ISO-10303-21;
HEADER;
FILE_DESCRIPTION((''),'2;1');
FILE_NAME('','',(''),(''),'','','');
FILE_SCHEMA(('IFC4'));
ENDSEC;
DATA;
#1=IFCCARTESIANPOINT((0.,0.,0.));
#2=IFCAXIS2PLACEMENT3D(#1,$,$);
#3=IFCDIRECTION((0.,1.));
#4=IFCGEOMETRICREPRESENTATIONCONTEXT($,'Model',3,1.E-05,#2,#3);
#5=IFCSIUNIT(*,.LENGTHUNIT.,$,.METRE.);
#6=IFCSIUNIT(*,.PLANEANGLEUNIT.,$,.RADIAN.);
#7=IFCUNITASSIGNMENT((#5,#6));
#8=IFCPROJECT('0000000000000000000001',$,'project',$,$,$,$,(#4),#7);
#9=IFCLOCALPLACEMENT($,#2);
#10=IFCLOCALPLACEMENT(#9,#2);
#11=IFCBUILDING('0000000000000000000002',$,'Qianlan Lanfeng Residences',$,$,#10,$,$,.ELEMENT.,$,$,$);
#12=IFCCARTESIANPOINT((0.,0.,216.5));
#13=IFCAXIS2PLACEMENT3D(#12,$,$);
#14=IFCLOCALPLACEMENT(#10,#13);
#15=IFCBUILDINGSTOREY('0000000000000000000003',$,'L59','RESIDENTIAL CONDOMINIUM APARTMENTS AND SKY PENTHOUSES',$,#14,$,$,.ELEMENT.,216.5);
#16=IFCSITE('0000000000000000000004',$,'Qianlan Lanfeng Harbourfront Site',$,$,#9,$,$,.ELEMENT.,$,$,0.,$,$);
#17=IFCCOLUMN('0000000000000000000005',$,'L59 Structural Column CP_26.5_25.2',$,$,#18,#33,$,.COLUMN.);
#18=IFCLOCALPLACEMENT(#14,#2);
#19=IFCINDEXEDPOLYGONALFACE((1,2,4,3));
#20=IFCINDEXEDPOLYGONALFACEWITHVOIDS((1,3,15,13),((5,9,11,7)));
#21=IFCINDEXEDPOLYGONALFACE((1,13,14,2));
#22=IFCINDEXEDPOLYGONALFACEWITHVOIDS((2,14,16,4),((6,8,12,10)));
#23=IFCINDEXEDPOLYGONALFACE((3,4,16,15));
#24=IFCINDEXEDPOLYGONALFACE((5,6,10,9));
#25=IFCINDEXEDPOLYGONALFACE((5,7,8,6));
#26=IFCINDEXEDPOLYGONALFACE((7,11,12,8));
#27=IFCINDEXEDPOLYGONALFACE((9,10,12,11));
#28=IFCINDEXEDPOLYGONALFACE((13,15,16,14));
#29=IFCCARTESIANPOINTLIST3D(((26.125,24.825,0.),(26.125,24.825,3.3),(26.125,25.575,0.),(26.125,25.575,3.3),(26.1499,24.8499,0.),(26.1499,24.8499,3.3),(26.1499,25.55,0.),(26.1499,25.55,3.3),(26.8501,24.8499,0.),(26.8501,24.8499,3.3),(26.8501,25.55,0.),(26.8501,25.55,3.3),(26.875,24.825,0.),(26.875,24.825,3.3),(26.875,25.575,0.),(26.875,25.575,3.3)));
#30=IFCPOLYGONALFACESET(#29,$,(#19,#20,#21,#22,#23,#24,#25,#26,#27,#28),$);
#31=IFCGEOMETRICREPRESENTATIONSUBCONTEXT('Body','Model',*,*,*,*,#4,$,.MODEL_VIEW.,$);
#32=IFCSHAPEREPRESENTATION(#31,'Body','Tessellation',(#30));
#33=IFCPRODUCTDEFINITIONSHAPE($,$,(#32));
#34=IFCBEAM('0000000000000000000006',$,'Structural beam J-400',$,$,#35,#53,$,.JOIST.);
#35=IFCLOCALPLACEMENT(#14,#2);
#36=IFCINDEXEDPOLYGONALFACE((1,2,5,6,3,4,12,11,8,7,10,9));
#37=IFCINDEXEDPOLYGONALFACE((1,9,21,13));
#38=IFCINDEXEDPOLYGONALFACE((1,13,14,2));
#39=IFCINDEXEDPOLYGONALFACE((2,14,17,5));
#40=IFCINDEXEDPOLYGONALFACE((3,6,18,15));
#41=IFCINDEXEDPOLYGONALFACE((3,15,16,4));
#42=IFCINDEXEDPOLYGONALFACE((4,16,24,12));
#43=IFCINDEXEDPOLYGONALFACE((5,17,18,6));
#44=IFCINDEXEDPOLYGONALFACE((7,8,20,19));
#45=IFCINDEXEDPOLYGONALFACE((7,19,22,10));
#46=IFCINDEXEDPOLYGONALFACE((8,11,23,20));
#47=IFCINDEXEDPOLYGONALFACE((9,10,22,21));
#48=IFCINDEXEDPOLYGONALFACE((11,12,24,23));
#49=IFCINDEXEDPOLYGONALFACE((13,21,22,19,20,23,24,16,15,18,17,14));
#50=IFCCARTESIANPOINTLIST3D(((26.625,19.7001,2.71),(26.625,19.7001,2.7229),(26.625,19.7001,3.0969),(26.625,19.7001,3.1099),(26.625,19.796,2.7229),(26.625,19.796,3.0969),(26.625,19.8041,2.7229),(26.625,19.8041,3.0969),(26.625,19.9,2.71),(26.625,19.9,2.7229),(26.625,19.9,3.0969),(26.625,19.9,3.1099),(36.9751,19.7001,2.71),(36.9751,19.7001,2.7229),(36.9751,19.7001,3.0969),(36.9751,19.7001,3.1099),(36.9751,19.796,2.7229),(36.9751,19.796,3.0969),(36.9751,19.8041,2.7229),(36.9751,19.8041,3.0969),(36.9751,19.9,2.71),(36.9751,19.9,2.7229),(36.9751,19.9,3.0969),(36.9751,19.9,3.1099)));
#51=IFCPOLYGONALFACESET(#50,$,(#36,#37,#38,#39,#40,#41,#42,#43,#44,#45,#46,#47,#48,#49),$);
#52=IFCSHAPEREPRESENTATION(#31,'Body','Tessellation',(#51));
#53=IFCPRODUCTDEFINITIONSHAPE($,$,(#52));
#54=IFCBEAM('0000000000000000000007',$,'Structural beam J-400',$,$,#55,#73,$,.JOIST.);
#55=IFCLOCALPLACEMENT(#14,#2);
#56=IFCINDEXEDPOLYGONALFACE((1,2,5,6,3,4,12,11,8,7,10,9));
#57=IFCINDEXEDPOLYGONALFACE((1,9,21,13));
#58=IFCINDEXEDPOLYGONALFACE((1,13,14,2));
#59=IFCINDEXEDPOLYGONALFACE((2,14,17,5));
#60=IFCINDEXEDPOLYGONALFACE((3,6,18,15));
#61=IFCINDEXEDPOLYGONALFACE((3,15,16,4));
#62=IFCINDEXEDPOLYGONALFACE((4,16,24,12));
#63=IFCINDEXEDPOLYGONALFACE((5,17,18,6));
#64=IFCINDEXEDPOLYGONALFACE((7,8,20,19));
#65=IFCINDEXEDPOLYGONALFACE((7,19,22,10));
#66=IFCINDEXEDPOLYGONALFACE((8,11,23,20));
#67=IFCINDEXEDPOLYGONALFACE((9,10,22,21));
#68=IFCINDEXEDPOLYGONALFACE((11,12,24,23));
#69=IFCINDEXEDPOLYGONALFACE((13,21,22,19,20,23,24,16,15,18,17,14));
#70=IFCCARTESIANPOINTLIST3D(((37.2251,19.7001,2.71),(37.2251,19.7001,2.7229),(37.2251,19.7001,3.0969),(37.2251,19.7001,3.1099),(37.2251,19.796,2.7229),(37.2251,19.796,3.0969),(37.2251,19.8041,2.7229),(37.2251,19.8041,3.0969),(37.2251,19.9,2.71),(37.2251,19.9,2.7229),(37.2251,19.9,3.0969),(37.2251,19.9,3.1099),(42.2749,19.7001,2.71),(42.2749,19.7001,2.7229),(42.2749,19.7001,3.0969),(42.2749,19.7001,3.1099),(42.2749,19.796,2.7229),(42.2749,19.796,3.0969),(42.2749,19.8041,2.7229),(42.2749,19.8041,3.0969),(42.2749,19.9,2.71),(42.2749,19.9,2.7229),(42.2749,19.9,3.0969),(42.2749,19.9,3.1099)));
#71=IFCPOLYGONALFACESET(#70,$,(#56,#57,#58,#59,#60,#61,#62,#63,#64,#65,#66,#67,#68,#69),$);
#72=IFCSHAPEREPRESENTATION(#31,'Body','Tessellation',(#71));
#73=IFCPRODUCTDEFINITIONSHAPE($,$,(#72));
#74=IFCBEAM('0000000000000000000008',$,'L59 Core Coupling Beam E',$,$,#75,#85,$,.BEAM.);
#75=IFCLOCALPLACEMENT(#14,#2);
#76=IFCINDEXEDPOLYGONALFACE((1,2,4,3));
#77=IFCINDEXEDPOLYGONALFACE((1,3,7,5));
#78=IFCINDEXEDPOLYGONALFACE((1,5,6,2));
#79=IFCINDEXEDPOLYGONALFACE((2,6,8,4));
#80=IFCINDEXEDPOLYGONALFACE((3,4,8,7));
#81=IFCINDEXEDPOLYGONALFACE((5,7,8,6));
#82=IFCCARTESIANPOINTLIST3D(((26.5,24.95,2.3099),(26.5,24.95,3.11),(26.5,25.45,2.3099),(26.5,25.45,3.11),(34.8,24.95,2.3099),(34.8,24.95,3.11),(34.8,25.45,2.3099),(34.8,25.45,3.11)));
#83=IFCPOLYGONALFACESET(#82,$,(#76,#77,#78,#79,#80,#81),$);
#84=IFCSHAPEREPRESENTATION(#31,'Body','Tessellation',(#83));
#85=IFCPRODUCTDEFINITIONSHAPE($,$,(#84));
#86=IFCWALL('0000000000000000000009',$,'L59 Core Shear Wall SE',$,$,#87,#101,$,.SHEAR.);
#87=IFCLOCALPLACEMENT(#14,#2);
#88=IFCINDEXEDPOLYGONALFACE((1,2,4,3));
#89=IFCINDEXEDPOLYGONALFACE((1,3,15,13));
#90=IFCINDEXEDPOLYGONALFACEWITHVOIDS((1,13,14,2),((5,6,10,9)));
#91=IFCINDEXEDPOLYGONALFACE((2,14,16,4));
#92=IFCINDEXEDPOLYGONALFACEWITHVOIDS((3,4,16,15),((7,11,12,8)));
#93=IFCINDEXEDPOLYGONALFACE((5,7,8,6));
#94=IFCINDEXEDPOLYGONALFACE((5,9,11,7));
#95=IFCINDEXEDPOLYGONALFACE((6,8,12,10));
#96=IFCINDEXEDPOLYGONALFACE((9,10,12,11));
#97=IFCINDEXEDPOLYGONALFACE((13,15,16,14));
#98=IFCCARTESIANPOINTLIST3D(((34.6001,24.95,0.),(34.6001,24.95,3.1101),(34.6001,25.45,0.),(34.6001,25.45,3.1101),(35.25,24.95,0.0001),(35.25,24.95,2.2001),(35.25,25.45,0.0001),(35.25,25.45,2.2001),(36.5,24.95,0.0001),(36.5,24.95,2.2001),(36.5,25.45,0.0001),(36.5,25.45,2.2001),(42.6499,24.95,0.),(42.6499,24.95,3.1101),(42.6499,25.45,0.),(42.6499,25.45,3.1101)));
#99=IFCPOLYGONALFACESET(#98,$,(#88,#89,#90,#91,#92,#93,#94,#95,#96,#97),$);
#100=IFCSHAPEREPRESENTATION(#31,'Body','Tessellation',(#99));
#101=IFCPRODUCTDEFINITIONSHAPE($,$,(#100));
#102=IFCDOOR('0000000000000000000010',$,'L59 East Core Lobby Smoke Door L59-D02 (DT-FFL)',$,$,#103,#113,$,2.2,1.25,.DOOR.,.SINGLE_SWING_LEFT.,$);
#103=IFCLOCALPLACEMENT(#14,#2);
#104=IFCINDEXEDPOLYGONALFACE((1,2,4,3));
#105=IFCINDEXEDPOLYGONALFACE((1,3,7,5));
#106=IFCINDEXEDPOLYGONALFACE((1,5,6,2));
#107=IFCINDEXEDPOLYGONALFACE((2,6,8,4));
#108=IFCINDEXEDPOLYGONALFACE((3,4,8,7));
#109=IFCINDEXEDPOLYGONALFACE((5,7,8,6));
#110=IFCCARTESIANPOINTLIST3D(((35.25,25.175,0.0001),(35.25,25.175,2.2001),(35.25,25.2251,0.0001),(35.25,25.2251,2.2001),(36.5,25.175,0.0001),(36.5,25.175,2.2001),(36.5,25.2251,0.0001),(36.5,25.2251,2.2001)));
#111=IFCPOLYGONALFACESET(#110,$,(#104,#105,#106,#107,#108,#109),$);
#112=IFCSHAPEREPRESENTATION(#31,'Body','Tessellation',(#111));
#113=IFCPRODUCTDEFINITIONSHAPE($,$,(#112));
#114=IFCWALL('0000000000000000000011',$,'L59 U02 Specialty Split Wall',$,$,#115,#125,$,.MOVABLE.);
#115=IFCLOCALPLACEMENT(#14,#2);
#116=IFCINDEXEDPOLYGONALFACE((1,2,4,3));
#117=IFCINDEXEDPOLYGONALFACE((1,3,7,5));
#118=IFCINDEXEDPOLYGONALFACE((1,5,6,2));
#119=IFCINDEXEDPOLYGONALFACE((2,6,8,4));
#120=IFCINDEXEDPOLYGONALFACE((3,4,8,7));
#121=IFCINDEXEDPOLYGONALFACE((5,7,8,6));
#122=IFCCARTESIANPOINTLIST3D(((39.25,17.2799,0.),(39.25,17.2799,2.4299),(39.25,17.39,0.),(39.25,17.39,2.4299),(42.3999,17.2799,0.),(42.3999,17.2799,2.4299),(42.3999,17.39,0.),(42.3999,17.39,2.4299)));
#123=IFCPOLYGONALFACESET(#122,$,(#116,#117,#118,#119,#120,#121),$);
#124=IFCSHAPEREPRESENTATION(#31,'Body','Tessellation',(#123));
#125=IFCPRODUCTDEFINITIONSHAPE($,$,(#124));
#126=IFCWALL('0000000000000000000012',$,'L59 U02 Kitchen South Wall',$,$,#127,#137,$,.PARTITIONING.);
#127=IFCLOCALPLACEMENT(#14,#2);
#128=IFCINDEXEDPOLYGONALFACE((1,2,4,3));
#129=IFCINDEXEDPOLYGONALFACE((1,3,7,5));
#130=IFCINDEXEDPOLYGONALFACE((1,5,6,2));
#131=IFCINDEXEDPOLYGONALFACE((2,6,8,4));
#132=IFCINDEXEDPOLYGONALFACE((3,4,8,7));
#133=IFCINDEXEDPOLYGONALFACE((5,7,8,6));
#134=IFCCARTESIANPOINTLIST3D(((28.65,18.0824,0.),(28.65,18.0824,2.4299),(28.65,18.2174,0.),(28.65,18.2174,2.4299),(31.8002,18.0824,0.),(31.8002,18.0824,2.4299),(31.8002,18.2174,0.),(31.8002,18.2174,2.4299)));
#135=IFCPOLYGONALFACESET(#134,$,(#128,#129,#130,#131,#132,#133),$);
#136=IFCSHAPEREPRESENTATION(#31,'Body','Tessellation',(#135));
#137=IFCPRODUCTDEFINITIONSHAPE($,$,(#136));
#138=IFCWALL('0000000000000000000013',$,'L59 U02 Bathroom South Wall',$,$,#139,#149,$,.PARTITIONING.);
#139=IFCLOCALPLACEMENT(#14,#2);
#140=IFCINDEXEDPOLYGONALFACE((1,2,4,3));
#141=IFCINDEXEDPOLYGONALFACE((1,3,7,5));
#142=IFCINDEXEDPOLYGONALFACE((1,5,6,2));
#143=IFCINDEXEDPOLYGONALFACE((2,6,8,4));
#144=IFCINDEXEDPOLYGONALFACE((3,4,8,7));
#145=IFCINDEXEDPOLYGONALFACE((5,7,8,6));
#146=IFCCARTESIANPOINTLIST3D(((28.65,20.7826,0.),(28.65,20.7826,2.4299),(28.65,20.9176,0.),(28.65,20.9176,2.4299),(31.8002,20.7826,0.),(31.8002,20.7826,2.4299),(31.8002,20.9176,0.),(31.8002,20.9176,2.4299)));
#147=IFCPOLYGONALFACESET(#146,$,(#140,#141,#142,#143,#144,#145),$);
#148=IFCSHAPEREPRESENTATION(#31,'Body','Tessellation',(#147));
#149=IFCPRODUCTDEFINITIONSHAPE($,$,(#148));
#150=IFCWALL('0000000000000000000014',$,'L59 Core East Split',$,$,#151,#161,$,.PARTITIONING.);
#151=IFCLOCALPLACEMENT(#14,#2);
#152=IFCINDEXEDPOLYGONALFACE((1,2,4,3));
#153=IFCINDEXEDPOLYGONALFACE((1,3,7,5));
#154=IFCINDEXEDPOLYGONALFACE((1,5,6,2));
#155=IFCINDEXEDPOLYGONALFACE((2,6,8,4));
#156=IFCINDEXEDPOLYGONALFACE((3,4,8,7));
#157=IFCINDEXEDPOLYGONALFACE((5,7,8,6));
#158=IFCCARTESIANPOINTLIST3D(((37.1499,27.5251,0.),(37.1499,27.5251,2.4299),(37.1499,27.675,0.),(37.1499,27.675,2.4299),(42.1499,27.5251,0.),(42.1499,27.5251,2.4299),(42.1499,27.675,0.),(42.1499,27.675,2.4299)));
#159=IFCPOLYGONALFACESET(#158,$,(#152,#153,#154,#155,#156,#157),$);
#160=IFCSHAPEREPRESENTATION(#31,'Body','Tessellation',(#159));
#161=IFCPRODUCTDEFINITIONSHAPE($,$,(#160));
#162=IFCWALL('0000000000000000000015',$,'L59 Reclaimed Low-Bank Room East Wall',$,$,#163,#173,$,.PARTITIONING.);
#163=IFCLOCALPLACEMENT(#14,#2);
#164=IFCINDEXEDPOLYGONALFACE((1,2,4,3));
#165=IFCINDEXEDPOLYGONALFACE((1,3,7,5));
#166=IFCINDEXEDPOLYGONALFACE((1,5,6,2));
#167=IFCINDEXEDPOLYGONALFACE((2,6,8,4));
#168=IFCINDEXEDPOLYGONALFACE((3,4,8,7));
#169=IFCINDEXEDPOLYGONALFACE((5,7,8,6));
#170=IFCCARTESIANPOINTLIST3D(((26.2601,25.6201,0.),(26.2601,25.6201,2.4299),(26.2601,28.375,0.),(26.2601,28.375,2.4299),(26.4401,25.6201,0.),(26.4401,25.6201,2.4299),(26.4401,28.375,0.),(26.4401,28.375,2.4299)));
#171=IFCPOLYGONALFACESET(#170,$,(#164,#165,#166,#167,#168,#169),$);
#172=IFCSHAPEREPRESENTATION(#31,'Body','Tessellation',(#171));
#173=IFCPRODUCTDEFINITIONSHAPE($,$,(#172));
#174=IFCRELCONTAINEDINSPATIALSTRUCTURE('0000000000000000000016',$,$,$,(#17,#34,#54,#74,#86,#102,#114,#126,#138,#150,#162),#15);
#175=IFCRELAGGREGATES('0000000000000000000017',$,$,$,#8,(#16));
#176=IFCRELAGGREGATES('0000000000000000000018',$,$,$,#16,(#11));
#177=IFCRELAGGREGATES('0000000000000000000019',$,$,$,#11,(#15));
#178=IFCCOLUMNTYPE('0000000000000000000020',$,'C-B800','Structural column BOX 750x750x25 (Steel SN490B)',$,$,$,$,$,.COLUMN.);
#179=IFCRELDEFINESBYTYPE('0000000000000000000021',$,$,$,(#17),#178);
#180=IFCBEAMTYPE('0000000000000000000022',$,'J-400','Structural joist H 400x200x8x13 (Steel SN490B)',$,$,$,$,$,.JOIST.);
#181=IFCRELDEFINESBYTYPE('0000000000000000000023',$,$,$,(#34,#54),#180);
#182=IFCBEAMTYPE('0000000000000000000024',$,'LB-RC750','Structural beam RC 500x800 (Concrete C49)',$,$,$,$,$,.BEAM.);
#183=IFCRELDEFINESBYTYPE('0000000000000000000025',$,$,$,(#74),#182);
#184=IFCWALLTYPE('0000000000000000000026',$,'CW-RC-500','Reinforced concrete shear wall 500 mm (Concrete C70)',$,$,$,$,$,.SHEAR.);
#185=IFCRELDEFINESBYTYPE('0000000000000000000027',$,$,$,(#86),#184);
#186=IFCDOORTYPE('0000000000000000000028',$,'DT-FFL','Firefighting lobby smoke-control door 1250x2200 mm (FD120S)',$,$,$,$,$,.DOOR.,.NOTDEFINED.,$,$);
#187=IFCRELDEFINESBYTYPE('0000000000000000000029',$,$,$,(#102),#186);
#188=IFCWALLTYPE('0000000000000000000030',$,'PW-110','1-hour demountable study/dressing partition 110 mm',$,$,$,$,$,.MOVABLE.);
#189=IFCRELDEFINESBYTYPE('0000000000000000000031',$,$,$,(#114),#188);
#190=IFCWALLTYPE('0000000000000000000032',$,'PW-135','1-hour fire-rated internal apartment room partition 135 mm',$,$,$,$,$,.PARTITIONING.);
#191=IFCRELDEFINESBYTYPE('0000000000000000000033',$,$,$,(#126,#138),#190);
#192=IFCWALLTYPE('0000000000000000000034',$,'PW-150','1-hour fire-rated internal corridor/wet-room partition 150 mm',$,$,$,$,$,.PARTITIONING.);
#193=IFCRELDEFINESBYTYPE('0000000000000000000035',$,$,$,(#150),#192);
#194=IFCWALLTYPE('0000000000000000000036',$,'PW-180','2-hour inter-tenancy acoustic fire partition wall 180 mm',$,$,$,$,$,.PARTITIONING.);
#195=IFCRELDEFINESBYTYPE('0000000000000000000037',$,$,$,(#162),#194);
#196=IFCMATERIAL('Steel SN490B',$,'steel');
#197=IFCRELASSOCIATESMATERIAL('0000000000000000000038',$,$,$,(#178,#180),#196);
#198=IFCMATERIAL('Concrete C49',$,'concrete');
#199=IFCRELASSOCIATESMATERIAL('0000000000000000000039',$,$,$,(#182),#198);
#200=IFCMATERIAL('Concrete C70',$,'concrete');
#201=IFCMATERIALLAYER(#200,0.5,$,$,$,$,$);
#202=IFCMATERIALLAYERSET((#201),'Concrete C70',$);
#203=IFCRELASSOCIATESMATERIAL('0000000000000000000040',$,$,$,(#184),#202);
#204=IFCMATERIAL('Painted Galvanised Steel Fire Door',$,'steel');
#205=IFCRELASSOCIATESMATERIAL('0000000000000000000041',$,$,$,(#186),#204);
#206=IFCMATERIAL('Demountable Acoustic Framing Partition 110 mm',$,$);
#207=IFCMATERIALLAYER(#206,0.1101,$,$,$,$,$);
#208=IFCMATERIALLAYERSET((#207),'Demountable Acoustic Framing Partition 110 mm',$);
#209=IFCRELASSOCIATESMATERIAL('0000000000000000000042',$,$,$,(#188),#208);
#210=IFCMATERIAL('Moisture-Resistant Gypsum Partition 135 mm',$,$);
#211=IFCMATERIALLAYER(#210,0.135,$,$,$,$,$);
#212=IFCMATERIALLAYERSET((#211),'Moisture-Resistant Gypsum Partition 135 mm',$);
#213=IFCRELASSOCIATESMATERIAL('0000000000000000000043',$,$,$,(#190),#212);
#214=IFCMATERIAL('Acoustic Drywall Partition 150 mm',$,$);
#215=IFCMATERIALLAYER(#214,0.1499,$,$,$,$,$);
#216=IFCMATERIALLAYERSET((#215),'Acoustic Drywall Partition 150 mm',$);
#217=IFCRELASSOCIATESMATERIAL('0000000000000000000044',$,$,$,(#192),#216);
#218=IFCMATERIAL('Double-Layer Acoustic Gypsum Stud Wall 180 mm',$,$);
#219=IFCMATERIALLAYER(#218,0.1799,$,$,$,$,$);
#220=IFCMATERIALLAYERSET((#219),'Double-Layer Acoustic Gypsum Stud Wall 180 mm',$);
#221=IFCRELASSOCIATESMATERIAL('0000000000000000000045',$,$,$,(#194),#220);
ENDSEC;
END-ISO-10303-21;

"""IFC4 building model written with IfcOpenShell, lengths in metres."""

from ifc_helpers import new_model, si_unit, direction, frame, frame_2d, origin, origin_2d, place, context, subcontext, project, spatial, rectangle, hollow_rectangle, i_section, extrude, material, layer, layer_set, material_profile, profile_set, type_object, element, fill, save


model = new_model("IFC4")

# Units and contexts
model_context = context("Model", 3, precision=1e-05, world=origin(), true_north=direction((0.0, 1.0)))
body_context = subcontext(model_context, "Body", "Model", "MODEL_VIEW")
ifc_project = project(units=[si_unit("LENGTHUNIT", "METRE"), si_unit("PLANEANGLEUNIT", "RADIAN")], contexts=[model_context])

# Site, building, storey
site_placement = place(None, origin())
site = spatial("IfcSite", under=ifc_project, at=site_placement, Name="Qianlan Lanfeng Harbourfront Site", CompositionType="ELEMENT", RefElevation=0.0)
building_placement = place(site_placement, origin())
building = spatial("IfcBuilding", under=site, at=building_placement, Name="Qianlan Lanfeng Residences", CompositionType="ELEMENT")
storey_placement = place(building_placement, frame((0.0, 0.0, 216.5)))
storey = spatial("IfcBuildingStorey", under=building, at=storey_placement, Name="L59", Description="RESIDENTIAL CONDOMINIUM APARTMENTS AND SKY PENTHOUSES", CompositionType="ELEMENT", Elevation=216.5)

# Column
ifc_material_1 = material(Name="Steel SN490B", Category="steel")
ifc_material_profile_1 = material_profile(ifc_material_1, hollow_rectangle(XDim=0.75, YDim=0.75, WallThickness=0.0249, at=origin_2d()), Name="BOX 750x750x25")
ifc_profile_set_1 = profile_set([ifc_material_profile_1], Name="Steel SN490B")
column_type = type_object("IfcColumnType", Name="C-B800", Description="Structural column BOX 750x750x25 (Steel SN490B)", PredefinedType="COLUMN", material=ifc_profile_set_1)
column_placement = place(storey_placement, frame((26.5, 25.2, 0.0), z_axis=(0.0, 0.0, 1.0), x_axis=(1.0, 0.0, 0.0)))
element("IfcColumn", 1, at=column_placement, inside=storey, type_object=column_type, Name="L59 Structural Column CP_26.5_25.2", PredefinedType="COLUMN", context=body_context, shape_type="SweptSolid", body=[
    extrude(hollow_rectangle(XDim=0.75, YDim=0.75, WallThickness=0.0249, at=origin_2d()), origin(), (0.0, 0.0, 1.0), 3.3),
])

# Beams
ifc_material_profile_2 = material_profile(ifc_material_1, i_section(OverallWidth=0.2, OverallDepth=0.3999, WebThickness=0.0081, FlangeThickness=0.0129, at=origin_2d()), Name="H 400x200x8x13")
ifc_profile_set_2 = profile_set([ifc_material_profile_2], Name="Steel SN490B")
beam_type_1 = type_object("IfcBeamType", Name="J-400", Description="Structural joist H 400x200x8x13 (Steel SN490B)", PredefinedType="JOIST", material=ifc_profile_set_2)
beam_1_placement = place(storey_placement, frame((26.625, 19.8, 2.9099), z_axis=(1.0, 0.0, 0.0), x_axis=(0.0, 1.0, 0.0)))
element("IfcBeam", 2, at=beam_1_placement, inside=storey, type_object=beam_type_1, Name="Structural beam J-400", PredefinedType="JOIST", context=body_context, shape_type="SweptSolid", body=[
    extrude(i_section(OverallWidth=0.2, OverallDepth=0.3999, WebThickness=0.0081, FlangeThickness=0.0129, at=origin_2d()), origin(), (0.0, 0.0, 1.0), 10.3501),
])
beam_2_placement = place(storey_placement, frame((37.2251, 19.8, 2.9099), z_axis=(1.0, 0.0, 0.0), x_axis=(0.0, 1.0, 0.0)))
element("IfcBeam", 3, at=beam_2_placement, inside=storey, type_object=beam_type_1, Name="Structural beam J-400", PredefinedType="JOIST", context=body_context, shape_type="SweptSolid", body=[
    extrude(i_section(OverallWidth=0.2, OverallDepth=0.3999, WebThickness=0.0081, FlangeThickness=0.0129, at=origin_2d()), origin(), (0.0, 0.0, 1.0), 5.0498),
])
ifc_material_2 = material(Name="Concrete C49", Category="concrete")
ifc_material_profile_3 = material_profile(ifc_material_2, rectangle(XDim=0.5, YDim=0.8, at=origin_2d()), Name="RC 500x800")
ifc_profile_set_3 = profile_set([ifc_material_profile_3], Name="Concrete C49")
beam_type_2 = type_object("IfcBeamType", Name="LB-RC750", Description="Structural beam RC 500x800 (Concrete C49)", PredefinedType="BEAM", material=ifc_profile_set_3)
beam_3_placement = place(storey_placement, frame((26.5, 25.2, 2.71), z_axis=(1.0, 0.0, 0.0), x_axis=(0.0, 1.0, 0.0)))
element("IfcBeam", 4, at=beam_3_placement, inside=storey, type_object=beam_type_2, Name="L59 Core Coupling Beam E", PredefinedType="BEAM", context=body_context, shape_type="SweptSolid", body=[
    extrude(rectangle(XDim=0.5, YDim=0.8, at=origin_2d()), origin(), (0.0, 0.0, 1.0), 8.3),
])

# Wall, opening, door
ifc_material_3 = material(Name="Concrete C70", Category="concrete")
ifc_layer_1 = layer(ifc_material_3, 0.5)
ifc_layer_set_1 = layer_set([ifc_layer_1], Name="Concrete C70")
wall_type_1 = type_object("IfcWallType", Name="CW-RC-500", Description="Reinforced concrete shear wall 500 mm (Concrete C70)", PredefinedType="SHEAR", material=ifc_layer_set_1)
wall_1_placement = place(storey_placement, frame((34.6001, 25.2, 0.0), z_axis=(0.0, 0.0, 1.0), x_axis=(1.0, 0.0, 0.0)))
wall_1 = element("IfcWall", 5, at=wall_1_placement, inside=storey, type_object=wall_type_1, Name="L59 Core Shear Wall SE", PredefinedType="SHEAR", context=body_context, shape_type="SweptSolid", body=[
    extrude(rectangle(XDim=8.0498, YDim=0.5, at=frame_2d((4.0249, 0.0))), origin(), (0.0, 0.0, 1.0), 3.1101),
])
opening_1_placement = place(wall_1_placement, frame((0.6499, 0.0, 0.0)))
opening_1 = element("IfcOpeningElement", 6, at=opening_1_placement, cuts=wall_1, PredefinedType="OPENING", context=body_context, shape_type="SweptSolid", body=[
    extrude(rectangle(XDim=1.25, YDim=2.2, at=frame_2d((0.625, 1.1001))), frame((0.0, 0.26, 0.0), z_axis=(0.0, -1.0, 0.0), x_axis=(1.0, 0.0, 0.0)), (0.0, 0.0, 1.0), 0.52),
])
ifc_material_4 = material(Name="Painted Galvanised Steel Fire Door", Category="steel")
door_type_1 = type_object("IfcDoorType", Name="DT-FFL", Description="Firefighting lobby smoke-control door 1250x2200 mm (FD120S)", OperationType="NOTDEFINED", PredefinedType="DOOR", material=ifc_material_4)
door_1_placement = place(opening_1_placement, frame((1.25, 0.0, 0.0), z_axis=(0.0, 0.0, 1.0), x_axis=(-1.0, 0.0, 0.0)))
door_1 = element("IfcDoor", 7, at=door_1_placement, inside=storey, type_object=door_type_1, Name="L59 East Core Lobby Smoke Door L59-D02 (DT-FFL)", OperationType="SINGLE_SWING_LEFT", OverallHeight=2.2, OverallWidth=1.25, PredefinedType="DOOR", context=body_context, shape_type="SweptSolid", body=[
    extrude(rectangle(XDim=1.25, YDim=2.2, at=frame_2d((0.625, 1.1001))), frame((0.0, 0.0249, 0.0), z_axis=(0.0, -1.0, 0.0), x_axis=(1.0, 0.0, 0.0)), (0.0, 0.0, 1.0), 0.05),
])
fill(opening_1, door_1)
ifc_material_5 = material(Name="Demountable Acoustic Framing Partition 110 mm")
ifc_layer_2 = layer(ifc_material_5, 0.1101)
ifc_layer_set_2 = layer_set([ifc_layer_2], Name="Demountable Acoustic Framing Partition 110 mm")
wall_type_2 = type_object("IfcWallType", Name="PW-110", Description="1-hour demountable study/dressing partition 110 mm", PredefinedType="MOVABLE", material=ifc_layer_set_2)

# Walls
wall_2_placement = place(storey_placement, frame((39.25, 17.335, 0.0), z_axis=(0.0, 0.0, 1.0), x_axis=(1.0, 0.0, 0.0)))
element("IfcWall", 8, at=wall_2_placement, inside=storey, type_object=wall_type_2, Name="L59 U02 Specialty Split Wall", PredefinedType="MOVABLE", context=body_context, shape_type="SweptSolid", body=[
    extrude(rectangle(XDim=3.1499, YDim=0.1101, at=frame_2d((1.575, 0.0))), origin(), (0.0, 0.0, 1.0), 2.4299),
])
ifc_material_6 = material(Name="Moisture-Resistant Gypsum Partition 135 mm")
ifc_layer_3 = layer(ifc_material_6, 0.135)
ifc_layer_set_3 = layer_set([ifc_layer_3], Name="Moisture-Resistant Gypsum Partition 135 mm")
wall_type_3 = type_object("IfcWallType", Name="PW-135", Description="1-hour fire-rated internal apartment room partition 135 mm", PredefinedType="PARTITIONING", material=ifc_layer_set_3)
for number, where, z_axis, x_axis, name in (
    (9, (28.6499, 18.1499, 0.0), (0.0, 0.0, 1.0), (1.0, 0.0, 0.0), "L59 U02 Kitchen South Wall"),
    (10, (28.6499, 20.8501, 0.0), (0.0, 0.0, 1.0), (1.0, 0.0, 0.0), "L59 U02 Bathroom South Wall"),
):
    element("IfcWall", number, at=place(storey_placement, frame(where, z_axis=z_axis, x_axis=x_axis)), inside=storey, type_object=wall_type_3, Name=name, PredefinedType="PARTITIONING", context=body_context, shape_type="SweptSolid", body=[
        extrude(rectangle(XDim=3.1501, YDim=0.135, at=frame_2d((1.5752, 0.0))), origin(), (0.0, 0.0, 1.0), 2.4299),
    ])
ifc_material_7 = material(Name="Acoustic Drywall Partition 150 mm")
ifc_layer_4 = layer(ifc_material_7, 0.1499)
ifc_layer_set_4 = layer_set([ifc_layer_4], Name="Acoustic Drywall Partition 150 mm")
wall_type_4 = type_object("IfcWallType", Name="PW-150", Description="1-hour fire-rated internal corridor/wet-room partition 150 mm", PredefinedType="PARTITIONING", material=ifc_layer_set_4)
wall_3_placement = place(storey_placement, frame((37.1499, 27.6001, 0.0), z_axis=(0.0, 0.0, 1.0), x_axis=(1.0, 0.0, 0.0)))
element("IfcWall", 11, at=wall_3_placement, inside=storey, type_object=wall_type_4, Name="L59 Core East Split", PredefinedType="PARTITIONING", context=body_context, shape_type="SweptSolid", body=[
    extrude(rectangle(XDim=5.0, YDim=0.1499, at=frame_2d((2.5, 0.0))), origin(), (0.0, 0.0, 1.0), 2.4299),
])

# Shared definitions
ifc_material_8 = material(Name="Double-Layer Acoustic Gypsum Stud Wall 180 mm")
ifc_layer_5 = layer(ifc_material_8, 0.1799)
ifc_layer_set_5 = layer_set([ifc_layer_5], Name="Double-Layer Acoustic Gypsum Stud Wall 180 mm")
wall_type_5 = type_object("IfcWallType", Name="PW-180", Description="2-hour inter-tenancy acoustic fire partition wall 180 mm", PredefinedType="PARTITIONING", material=ifc_layer_set_5)

# Wall
for number, where, z_axis, x_axis, name in (
    (12, (26.3501, 25.6201, 0.0), (0.0, 0.0, 1.0), (0.0, 1.0, 0.0), "L59 Reclaimed Low-Bank Room East Wall"),
):
    element("IfcWall", number, at=place(storey_placement, frame(where, z_axis=z_axis, x_axis=x_axis)), inside=storey, type_object=wall_type_5, Name=name, PredefinedType="PARTITIONING", context=body_context, shape_type="SweptSolid", body=[
        extrude(rectangle(XDim=2.7549, YDim=0.1799, at=frame_2d((1.3774, 0.0))), origin(), (0.0, 0.0, 1.0), 2.4299),
    ])

save(model, "model.ifc")
